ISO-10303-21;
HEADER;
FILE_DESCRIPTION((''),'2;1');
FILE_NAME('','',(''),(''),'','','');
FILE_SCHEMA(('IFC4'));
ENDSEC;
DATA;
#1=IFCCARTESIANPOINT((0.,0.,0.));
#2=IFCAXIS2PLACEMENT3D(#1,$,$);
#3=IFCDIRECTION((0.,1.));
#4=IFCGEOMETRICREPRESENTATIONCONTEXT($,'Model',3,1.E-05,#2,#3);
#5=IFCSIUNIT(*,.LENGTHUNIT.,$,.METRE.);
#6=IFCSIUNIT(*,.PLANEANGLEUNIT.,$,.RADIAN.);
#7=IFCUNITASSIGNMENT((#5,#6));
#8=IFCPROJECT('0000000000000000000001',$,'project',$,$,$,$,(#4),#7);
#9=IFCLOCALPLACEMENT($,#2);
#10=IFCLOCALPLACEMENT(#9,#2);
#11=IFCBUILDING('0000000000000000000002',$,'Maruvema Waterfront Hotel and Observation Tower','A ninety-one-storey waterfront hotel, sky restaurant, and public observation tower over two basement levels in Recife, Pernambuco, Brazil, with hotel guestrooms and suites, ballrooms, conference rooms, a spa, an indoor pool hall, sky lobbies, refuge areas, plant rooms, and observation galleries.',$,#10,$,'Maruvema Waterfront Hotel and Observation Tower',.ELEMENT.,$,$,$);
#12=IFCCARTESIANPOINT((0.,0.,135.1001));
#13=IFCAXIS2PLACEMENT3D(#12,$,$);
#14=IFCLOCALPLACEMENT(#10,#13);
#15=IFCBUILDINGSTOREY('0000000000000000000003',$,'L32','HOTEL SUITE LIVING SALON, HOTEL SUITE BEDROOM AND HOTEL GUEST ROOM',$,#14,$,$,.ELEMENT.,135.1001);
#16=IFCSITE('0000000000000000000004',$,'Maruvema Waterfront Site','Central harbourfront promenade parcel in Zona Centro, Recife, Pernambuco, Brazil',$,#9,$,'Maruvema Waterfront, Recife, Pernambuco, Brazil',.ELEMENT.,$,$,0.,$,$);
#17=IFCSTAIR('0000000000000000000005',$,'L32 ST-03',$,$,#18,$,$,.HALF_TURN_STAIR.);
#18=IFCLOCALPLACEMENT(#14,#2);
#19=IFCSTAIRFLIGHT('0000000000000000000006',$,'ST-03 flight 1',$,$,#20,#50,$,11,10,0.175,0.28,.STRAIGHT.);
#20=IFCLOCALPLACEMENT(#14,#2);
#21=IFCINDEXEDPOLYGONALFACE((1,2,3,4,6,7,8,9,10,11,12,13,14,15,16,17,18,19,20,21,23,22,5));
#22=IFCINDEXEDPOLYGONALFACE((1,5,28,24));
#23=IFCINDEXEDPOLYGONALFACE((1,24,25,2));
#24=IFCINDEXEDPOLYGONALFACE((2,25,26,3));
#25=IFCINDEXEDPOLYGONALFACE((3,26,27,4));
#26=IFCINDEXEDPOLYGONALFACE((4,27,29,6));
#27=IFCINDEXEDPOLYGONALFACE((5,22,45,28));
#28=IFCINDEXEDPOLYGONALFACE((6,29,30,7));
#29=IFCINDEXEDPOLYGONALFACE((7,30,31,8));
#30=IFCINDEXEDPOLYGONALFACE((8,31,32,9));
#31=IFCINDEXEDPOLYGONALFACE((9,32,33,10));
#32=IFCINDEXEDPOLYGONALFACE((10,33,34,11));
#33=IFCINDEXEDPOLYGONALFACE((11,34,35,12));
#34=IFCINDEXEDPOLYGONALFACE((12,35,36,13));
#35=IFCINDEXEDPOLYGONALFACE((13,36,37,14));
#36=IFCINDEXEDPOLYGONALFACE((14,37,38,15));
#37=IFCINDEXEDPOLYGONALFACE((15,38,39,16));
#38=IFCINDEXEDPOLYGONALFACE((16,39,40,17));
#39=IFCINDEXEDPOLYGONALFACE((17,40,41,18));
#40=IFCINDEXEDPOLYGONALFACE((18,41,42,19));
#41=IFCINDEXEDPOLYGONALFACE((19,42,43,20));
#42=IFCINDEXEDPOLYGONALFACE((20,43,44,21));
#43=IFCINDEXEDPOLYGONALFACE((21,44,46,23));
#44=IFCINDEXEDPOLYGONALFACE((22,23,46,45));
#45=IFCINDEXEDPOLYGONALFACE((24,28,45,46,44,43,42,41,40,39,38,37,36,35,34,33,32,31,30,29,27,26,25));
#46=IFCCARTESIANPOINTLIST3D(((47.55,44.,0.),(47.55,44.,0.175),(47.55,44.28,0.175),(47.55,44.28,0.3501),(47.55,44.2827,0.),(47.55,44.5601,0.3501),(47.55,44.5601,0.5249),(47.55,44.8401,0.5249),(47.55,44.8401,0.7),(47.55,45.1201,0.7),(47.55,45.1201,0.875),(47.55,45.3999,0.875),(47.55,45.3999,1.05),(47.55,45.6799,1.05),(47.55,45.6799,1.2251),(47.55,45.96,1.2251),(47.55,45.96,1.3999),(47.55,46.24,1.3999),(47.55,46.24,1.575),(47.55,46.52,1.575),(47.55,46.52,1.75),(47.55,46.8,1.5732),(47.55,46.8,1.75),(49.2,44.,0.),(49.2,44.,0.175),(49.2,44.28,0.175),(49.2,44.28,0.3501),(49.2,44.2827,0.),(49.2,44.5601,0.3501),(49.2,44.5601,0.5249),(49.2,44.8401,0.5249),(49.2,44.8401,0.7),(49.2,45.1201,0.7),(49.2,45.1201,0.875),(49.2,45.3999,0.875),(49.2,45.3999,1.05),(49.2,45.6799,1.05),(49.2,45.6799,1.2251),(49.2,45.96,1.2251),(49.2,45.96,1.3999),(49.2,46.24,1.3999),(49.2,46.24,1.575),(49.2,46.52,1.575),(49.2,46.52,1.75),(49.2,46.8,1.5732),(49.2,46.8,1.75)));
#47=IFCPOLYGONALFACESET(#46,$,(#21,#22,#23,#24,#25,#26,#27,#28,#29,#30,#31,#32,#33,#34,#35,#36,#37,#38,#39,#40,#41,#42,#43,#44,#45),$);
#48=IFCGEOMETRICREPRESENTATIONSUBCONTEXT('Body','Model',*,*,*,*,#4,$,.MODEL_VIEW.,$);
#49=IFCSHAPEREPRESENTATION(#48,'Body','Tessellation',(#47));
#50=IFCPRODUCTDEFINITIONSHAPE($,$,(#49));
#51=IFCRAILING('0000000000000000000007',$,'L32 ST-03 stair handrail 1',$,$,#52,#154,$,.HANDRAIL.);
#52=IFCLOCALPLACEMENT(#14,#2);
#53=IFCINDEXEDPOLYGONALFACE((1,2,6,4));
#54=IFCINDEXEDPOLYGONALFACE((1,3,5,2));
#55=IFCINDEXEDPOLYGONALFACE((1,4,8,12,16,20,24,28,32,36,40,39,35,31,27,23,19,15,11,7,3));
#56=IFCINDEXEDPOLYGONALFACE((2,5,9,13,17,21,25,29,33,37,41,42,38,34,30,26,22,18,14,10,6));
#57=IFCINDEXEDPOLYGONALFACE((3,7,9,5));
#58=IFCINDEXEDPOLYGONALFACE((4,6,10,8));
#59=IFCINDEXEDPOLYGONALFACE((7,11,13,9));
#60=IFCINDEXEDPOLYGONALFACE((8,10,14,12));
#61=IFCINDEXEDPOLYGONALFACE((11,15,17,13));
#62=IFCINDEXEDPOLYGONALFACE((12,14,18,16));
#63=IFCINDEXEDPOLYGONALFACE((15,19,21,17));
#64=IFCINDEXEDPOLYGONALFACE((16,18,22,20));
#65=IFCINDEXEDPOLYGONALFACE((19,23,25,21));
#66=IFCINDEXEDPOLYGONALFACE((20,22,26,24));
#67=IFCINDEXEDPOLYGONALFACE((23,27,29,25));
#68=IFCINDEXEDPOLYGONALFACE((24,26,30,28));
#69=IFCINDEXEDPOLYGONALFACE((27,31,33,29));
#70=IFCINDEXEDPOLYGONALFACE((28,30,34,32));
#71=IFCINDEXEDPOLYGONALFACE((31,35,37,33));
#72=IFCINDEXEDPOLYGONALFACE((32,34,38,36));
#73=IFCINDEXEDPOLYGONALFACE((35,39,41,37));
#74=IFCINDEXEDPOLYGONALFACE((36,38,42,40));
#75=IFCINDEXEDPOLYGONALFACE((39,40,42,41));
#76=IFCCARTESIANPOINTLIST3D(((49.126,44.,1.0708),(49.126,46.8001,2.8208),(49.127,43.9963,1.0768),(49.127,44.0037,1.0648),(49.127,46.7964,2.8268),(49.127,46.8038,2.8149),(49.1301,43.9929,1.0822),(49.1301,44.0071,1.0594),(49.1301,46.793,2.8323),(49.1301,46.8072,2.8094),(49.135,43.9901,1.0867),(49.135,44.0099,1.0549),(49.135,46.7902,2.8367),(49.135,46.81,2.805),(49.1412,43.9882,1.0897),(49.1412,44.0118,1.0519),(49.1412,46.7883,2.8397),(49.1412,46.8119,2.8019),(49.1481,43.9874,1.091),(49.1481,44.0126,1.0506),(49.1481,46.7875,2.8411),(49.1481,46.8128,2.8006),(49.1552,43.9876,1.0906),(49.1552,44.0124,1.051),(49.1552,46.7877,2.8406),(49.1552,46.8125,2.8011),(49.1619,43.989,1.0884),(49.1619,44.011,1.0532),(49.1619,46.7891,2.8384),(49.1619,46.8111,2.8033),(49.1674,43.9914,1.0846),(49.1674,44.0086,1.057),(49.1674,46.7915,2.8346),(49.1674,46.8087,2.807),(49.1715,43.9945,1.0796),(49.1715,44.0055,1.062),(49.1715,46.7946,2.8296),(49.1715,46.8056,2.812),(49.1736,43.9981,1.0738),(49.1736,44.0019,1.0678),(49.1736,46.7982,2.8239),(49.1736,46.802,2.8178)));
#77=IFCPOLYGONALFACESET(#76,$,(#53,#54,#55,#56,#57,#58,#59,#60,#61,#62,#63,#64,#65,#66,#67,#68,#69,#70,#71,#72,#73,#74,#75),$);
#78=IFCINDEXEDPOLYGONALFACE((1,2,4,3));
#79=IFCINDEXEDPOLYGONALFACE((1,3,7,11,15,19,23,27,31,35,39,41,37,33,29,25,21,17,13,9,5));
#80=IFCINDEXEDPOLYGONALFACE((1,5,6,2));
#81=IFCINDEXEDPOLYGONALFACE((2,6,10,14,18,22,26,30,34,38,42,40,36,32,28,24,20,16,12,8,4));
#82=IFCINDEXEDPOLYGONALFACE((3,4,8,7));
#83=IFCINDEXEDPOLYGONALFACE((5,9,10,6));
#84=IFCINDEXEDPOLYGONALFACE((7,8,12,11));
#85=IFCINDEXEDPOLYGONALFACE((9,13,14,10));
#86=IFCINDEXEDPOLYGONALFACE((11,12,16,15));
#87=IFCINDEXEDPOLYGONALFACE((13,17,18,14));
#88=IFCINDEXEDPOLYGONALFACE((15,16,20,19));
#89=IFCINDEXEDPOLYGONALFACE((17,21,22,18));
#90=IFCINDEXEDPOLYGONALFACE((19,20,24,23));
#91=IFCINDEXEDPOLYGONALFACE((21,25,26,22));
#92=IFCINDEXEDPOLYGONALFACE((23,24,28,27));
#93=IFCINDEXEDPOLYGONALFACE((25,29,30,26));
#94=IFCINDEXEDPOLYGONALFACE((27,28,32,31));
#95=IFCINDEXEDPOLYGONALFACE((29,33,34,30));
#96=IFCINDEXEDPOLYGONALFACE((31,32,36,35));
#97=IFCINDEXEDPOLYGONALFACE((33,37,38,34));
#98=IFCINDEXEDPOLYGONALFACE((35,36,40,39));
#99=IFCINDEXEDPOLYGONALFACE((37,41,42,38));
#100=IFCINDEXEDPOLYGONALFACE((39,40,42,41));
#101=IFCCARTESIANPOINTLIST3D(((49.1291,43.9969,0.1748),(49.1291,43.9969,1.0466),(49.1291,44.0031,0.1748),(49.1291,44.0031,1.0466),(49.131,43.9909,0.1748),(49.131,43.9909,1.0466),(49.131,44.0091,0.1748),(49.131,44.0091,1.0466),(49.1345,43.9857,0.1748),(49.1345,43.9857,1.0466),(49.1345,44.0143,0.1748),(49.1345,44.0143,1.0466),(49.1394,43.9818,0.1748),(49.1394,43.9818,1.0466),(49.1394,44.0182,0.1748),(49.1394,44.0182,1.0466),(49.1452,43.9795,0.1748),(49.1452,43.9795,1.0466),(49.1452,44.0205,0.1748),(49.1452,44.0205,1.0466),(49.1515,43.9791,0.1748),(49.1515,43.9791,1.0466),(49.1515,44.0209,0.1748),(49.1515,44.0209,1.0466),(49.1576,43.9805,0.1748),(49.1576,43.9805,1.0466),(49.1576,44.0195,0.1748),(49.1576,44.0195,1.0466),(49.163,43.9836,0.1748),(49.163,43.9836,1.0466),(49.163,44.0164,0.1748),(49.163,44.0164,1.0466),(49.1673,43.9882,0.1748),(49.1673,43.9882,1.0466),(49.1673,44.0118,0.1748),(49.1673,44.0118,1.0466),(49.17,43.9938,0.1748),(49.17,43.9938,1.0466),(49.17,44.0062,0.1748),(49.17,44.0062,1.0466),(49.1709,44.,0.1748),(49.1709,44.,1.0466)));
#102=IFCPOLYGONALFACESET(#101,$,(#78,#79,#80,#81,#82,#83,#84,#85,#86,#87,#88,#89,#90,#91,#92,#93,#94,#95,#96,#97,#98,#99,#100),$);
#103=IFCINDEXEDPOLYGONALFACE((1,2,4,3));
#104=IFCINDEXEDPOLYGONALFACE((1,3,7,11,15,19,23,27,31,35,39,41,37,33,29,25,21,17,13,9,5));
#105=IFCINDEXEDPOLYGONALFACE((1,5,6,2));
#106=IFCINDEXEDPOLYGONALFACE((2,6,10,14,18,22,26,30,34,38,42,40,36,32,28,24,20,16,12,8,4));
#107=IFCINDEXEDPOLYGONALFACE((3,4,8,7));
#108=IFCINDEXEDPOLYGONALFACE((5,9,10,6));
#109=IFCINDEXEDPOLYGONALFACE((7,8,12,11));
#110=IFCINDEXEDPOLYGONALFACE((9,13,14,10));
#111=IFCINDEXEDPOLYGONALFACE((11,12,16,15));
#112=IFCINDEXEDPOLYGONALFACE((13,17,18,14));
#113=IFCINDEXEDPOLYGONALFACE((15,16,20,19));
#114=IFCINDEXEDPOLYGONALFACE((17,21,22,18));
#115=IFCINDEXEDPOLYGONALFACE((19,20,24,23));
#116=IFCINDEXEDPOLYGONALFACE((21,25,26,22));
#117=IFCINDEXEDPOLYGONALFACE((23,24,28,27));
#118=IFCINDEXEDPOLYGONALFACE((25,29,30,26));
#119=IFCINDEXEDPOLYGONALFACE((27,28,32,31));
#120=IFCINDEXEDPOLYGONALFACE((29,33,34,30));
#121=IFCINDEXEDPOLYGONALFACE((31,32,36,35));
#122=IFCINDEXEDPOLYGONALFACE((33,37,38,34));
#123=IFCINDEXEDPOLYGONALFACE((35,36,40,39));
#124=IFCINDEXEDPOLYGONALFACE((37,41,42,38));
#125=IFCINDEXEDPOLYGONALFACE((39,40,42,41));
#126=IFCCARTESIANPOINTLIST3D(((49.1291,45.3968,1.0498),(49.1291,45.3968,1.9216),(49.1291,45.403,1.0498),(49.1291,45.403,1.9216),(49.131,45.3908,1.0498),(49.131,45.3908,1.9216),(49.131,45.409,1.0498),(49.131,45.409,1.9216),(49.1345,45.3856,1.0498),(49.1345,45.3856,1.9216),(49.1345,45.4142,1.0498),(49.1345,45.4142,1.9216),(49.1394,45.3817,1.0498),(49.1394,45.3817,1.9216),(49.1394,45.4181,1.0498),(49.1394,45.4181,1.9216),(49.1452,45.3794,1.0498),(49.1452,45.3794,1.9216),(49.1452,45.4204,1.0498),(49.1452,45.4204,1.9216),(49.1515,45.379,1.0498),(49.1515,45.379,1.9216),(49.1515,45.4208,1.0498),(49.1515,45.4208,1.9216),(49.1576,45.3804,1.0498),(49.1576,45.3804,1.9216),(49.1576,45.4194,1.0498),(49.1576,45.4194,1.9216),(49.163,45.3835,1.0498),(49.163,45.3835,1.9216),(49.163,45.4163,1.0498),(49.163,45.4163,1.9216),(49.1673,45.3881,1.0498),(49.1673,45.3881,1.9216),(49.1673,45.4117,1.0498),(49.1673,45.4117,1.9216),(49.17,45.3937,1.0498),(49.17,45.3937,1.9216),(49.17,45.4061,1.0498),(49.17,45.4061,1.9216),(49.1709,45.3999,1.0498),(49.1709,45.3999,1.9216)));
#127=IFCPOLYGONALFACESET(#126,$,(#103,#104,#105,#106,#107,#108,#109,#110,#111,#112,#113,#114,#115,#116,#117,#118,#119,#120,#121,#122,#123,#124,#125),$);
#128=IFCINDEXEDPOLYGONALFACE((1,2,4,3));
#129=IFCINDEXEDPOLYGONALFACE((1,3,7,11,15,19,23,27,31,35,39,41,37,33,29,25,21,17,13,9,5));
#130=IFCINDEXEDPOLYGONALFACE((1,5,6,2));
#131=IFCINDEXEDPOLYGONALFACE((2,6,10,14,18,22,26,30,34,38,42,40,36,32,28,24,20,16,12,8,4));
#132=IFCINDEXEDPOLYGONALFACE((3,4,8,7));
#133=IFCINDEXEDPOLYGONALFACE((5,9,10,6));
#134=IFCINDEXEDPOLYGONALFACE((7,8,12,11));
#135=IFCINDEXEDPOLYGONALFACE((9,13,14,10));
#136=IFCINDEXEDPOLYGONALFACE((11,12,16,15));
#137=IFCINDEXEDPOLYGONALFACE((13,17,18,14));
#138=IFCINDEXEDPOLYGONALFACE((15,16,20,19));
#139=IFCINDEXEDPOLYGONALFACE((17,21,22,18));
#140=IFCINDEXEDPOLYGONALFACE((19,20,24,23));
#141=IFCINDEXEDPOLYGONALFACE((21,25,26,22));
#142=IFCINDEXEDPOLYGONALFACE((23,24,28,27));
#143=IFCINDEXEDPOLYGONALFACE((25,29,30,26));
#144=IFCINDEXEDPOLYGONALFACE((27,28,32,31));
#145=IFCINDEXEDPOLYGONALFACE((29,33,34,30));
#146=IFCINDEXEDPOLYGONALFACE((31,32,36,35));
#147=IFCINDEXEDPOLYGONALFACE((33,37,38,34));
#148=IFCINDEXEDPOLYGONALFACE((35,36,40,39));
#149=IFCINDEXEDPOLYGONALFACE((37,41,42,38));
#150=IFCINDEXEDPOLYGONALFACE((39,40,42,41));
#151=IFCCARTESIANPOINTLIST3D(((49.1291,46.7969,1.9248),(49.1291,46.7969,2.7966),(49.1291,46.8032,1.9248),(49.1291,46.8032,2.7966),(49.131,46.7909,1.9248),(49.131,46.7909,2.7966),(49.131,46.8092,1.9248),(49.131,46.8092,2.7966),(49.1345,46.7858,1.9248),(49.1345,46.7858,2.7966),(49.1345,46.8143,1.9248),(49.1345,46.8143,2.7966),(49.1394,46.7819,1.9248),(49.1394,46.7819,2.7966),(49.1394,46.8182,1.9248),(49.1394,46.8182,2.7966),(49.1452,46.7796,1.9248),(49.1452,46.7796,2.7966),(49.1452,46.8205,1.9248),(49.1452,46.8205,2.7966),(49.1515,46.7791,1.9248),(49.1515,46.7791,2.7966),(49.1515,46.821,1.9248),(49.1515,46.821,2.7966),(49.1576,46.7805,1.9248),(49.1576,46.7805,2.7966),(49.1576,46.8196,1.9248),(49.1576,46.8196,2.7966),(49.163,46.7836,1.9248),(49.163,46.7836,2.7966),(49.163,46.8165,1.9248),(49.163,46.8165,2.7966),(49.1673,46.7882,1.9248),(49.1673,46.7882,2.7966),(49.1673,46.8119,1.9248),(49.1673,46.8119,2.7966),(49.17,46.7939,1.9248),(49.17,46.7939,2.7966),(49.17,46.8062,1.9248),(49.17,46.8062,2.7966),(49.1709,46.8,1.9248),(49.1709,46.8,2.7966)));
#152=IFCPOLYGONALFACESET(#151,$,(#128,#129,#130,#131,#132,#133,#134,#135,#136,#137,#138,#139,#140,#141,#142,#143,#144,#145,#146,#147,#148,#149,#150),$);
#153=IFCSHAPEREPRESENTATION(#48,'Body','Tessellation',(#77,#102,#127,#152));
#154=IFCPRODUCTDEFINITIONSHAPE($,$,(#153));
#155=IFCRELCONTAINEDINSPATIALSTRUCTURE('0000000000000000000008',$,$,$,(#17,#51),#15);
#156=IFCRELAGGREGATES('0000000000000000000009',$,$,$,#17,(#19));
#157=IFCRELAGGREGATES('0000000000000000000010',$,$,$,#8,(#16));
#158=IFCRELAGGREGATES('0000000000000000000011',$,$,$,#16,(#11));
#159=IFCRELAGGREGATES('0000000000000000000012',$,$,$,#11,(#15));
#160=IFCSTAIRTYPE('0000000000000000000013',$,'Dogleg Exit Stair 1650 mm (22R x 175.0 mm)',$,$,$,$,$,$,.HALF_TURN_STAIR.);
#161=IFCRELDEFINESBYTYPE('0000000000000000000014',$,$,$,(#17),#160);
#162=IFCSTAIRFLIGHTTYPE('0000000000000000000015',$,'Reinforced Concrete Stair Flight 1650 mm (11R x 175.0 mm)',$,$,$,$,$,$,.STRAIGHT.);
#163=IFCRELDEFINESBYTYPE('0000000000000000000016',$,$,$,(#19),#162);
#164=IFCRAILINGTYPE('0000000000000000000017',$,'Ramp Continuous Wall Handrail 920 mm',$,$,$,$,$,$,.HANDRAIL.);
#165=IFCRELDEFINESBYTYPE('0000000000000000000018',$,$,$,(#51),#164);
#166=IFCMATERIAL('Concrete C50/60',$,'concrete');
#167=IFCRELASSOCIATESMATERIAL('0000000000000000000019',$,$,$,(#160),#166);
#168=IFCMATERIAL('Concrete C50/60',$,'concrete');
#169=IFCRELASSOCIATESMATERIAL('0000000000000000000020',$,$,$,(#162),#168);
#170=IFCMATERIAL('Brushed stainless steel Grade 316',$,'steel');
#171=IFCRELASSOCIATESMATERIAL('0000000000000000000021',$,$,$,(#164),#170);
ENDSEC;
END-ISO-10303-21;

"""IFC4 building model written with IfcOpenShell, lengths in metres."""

from ifc_helpers import new_model, si_unit, direction, frame, origin, origin_2d, place, context, subcontext, project, spatial, polyline, circle, outline, extrude, material, type_object, element, aggregate, save


model = new_model("IFC4")

# Units and contexts
model_context = context("Model", 3, precision=1e-05, world=origin(), true_north=direction((0.0, 1.0)))
body_context = subcontext(model_context, "Body", "Model", "MODEL_VIEW")
ifc_project = project(units=[si_unit("LENGTHUNIT", "METRE"), si_unit("PLANEANGLEUNIT", "RADIAN")], contexts=[model_context])

# Site, building, storey
site_placement = place(None, origin())
site = spatial("IfcSite", under=ifc_project, at=site_placement, Name="Maruvema Waterfront Site", Description="Central harbourfront promenade parcel in Zona Centro, Recife, Pernambuco, Brazil", LongName="Maruvema Waterfront, Recife, Pernambuco, Brazil", CompositionType="ELEMENT", RefElevation=0.0)
building_placement = place(site_placement, origin())
building = spatial("IfcBuilding", under=site, at=building_placement, Name="Maruvema Waterfront Hotel and Observation Tower", Description="A ninety-one-storey waterfront hotel, sky restaurant, and public observation tower over two basement levels in Recife, Pernambuco, Brazil, with hotel guestrooms and suites, ballrooms, conference rooms, a spa, an indoor pool hall, sky lobbies, refuge areas, plant rooms, and observation galleries.", LongName="Maruvema Waterfront Hotel and Observation Tower", CompositionType="ELEMENT")
storey_placement = place(building_placement, frame((0.0, 0.0, 135.1001)))
storey = spatial("IfcBuildingStorey", under=building, at=storey_placement, Name="L32", Description="HOTEL SUITE LIVING SALON, HOTEL SUITE BEDROOM AND HOTEL GUEST ROOM", CompositionType="ELEMENT", Elevation=135.1001)

# Stair, stair flight
ifc_material_1 = material(Name="Concrete C50/60", Category="concrete")
stair_type = type_object("IfcStairType", Name="Dogleg Exit Stair 1650 mm (22R x 175.0 mm)", PredefinedType="HALF_TURN_STAIR", material=ifc_material_1)
stair_placement = place(storey_placement, origin())
stair = element("IfcStair", 1, at=stair_placement, inside=storey, type_object=stair_type, Name="L32 ST-03", PredefinedType="HALF_TURN_STAIR")
ifc_material_2 = material(Name="Concrete C50/60", Category="concrete")
stair_flight_type = type_object("IfcStairFlightType", Name="Reinforced Concrete Stair Flight 1650 mm (11R x 175.0 mm)", PredefinedType="STRAIGHT", material=ifc_material_2)
stair_flight_placement = place(storey_placement, frame((48.375, 44.0, 0.0), z_axis=(0.0, 0.0, 1.0), x_axis=(0.0, 1.0, 0.0)))
stair_flight = element("IfcStairFlight", 2, at=stair_flight_placement, type_object=stair_flight_type, Name="ST-03 flight 1", NumberOfRisers=11, NumberOfTreads=10, PredefinedType="STRAIGHT", RiserHeight=0.175, TreadLength=0.28, context=body_context, shape_type="SweptSolid", body=[
    extrude(outline(polyline([(0.0, 0.0), (0.0, 0.175), (0.28, 0.175), (0.28, 0.3501), (0.5601, 0.3501), (0.5601, 0.5249), (0.8401, 0.5249), (0.8401, 0.7), (1.1201, 0.7), (1.1201, 0.875), (1.3999, 0.875), (1.3999, 1.05), (1.6799, 1.05), (1.6799, 1.2251), (1.96, 1.2251), (1.96, 1.3999), (2.24, 1.3999), (2.24, 1.575), (2.52, 1.575), (2.52, 1.75), (2.8, 1.75), (2.8, 1.925), (2.8, 1.5732), (0.2827, 0.0), (0.0, 0.0)])), frame((0.0, 0.825, 0.0), z_axis=(0.0, -1.0, 0.0), x_axis=(1.0, 0.0, 0.0)), (0.0, 0.0, 1.0), 1.6499),
])
aggregate(stair, [stair_flight])

# Railing
ifc_material_3 = material(Name="Brushed stainless steel Grade 316", Category="steel")
railing_type_1 = type_object("IfcRailingType", Name="Ramp Continuous Wall Handrail 920 mm", PredefinedType="HANDRAIL", material=ifc_material_3)
railing_1_placement = place(storey_placement, frame((49.1499, 44.0, 0.1748)))
element("IfcRailing", 3, at=railing_1_placement, inside=storey, type_object=railing_type_1, Name="L32 ST-03 stair handrail 1", PredefinedType="HANDRAIL", context=body_context, shape_type="SweptSolid", body=[
    extrude(circle(Radius=0.0239, at=origin_2d()), frame((0.0, 0.0, 0.896), z_axis=(0.0, 0.848002, 0.529992), x_axis=(-1.0, 0.0, 0.0)), (0.0, 0.0, 1.0), 3.302),
    extrude(circle(Radius=0.021, at=origin_2d()), origin(), (0.0, 0.0, 1.0), 0.8718),
    extrude(circle(Radius=0.021, at=origin_2d()), frame((0.0, 1.3999, 0.875)), (0.0, 0.0, 1.0), 0.8718),
    extrude(circle(Radius=0.021, at=origin_2d()), frame((0.0, 2.8, 1.75)), (0.0, 0.0, 1.0), 0.8718),
])

save(model, "model.ifc")
